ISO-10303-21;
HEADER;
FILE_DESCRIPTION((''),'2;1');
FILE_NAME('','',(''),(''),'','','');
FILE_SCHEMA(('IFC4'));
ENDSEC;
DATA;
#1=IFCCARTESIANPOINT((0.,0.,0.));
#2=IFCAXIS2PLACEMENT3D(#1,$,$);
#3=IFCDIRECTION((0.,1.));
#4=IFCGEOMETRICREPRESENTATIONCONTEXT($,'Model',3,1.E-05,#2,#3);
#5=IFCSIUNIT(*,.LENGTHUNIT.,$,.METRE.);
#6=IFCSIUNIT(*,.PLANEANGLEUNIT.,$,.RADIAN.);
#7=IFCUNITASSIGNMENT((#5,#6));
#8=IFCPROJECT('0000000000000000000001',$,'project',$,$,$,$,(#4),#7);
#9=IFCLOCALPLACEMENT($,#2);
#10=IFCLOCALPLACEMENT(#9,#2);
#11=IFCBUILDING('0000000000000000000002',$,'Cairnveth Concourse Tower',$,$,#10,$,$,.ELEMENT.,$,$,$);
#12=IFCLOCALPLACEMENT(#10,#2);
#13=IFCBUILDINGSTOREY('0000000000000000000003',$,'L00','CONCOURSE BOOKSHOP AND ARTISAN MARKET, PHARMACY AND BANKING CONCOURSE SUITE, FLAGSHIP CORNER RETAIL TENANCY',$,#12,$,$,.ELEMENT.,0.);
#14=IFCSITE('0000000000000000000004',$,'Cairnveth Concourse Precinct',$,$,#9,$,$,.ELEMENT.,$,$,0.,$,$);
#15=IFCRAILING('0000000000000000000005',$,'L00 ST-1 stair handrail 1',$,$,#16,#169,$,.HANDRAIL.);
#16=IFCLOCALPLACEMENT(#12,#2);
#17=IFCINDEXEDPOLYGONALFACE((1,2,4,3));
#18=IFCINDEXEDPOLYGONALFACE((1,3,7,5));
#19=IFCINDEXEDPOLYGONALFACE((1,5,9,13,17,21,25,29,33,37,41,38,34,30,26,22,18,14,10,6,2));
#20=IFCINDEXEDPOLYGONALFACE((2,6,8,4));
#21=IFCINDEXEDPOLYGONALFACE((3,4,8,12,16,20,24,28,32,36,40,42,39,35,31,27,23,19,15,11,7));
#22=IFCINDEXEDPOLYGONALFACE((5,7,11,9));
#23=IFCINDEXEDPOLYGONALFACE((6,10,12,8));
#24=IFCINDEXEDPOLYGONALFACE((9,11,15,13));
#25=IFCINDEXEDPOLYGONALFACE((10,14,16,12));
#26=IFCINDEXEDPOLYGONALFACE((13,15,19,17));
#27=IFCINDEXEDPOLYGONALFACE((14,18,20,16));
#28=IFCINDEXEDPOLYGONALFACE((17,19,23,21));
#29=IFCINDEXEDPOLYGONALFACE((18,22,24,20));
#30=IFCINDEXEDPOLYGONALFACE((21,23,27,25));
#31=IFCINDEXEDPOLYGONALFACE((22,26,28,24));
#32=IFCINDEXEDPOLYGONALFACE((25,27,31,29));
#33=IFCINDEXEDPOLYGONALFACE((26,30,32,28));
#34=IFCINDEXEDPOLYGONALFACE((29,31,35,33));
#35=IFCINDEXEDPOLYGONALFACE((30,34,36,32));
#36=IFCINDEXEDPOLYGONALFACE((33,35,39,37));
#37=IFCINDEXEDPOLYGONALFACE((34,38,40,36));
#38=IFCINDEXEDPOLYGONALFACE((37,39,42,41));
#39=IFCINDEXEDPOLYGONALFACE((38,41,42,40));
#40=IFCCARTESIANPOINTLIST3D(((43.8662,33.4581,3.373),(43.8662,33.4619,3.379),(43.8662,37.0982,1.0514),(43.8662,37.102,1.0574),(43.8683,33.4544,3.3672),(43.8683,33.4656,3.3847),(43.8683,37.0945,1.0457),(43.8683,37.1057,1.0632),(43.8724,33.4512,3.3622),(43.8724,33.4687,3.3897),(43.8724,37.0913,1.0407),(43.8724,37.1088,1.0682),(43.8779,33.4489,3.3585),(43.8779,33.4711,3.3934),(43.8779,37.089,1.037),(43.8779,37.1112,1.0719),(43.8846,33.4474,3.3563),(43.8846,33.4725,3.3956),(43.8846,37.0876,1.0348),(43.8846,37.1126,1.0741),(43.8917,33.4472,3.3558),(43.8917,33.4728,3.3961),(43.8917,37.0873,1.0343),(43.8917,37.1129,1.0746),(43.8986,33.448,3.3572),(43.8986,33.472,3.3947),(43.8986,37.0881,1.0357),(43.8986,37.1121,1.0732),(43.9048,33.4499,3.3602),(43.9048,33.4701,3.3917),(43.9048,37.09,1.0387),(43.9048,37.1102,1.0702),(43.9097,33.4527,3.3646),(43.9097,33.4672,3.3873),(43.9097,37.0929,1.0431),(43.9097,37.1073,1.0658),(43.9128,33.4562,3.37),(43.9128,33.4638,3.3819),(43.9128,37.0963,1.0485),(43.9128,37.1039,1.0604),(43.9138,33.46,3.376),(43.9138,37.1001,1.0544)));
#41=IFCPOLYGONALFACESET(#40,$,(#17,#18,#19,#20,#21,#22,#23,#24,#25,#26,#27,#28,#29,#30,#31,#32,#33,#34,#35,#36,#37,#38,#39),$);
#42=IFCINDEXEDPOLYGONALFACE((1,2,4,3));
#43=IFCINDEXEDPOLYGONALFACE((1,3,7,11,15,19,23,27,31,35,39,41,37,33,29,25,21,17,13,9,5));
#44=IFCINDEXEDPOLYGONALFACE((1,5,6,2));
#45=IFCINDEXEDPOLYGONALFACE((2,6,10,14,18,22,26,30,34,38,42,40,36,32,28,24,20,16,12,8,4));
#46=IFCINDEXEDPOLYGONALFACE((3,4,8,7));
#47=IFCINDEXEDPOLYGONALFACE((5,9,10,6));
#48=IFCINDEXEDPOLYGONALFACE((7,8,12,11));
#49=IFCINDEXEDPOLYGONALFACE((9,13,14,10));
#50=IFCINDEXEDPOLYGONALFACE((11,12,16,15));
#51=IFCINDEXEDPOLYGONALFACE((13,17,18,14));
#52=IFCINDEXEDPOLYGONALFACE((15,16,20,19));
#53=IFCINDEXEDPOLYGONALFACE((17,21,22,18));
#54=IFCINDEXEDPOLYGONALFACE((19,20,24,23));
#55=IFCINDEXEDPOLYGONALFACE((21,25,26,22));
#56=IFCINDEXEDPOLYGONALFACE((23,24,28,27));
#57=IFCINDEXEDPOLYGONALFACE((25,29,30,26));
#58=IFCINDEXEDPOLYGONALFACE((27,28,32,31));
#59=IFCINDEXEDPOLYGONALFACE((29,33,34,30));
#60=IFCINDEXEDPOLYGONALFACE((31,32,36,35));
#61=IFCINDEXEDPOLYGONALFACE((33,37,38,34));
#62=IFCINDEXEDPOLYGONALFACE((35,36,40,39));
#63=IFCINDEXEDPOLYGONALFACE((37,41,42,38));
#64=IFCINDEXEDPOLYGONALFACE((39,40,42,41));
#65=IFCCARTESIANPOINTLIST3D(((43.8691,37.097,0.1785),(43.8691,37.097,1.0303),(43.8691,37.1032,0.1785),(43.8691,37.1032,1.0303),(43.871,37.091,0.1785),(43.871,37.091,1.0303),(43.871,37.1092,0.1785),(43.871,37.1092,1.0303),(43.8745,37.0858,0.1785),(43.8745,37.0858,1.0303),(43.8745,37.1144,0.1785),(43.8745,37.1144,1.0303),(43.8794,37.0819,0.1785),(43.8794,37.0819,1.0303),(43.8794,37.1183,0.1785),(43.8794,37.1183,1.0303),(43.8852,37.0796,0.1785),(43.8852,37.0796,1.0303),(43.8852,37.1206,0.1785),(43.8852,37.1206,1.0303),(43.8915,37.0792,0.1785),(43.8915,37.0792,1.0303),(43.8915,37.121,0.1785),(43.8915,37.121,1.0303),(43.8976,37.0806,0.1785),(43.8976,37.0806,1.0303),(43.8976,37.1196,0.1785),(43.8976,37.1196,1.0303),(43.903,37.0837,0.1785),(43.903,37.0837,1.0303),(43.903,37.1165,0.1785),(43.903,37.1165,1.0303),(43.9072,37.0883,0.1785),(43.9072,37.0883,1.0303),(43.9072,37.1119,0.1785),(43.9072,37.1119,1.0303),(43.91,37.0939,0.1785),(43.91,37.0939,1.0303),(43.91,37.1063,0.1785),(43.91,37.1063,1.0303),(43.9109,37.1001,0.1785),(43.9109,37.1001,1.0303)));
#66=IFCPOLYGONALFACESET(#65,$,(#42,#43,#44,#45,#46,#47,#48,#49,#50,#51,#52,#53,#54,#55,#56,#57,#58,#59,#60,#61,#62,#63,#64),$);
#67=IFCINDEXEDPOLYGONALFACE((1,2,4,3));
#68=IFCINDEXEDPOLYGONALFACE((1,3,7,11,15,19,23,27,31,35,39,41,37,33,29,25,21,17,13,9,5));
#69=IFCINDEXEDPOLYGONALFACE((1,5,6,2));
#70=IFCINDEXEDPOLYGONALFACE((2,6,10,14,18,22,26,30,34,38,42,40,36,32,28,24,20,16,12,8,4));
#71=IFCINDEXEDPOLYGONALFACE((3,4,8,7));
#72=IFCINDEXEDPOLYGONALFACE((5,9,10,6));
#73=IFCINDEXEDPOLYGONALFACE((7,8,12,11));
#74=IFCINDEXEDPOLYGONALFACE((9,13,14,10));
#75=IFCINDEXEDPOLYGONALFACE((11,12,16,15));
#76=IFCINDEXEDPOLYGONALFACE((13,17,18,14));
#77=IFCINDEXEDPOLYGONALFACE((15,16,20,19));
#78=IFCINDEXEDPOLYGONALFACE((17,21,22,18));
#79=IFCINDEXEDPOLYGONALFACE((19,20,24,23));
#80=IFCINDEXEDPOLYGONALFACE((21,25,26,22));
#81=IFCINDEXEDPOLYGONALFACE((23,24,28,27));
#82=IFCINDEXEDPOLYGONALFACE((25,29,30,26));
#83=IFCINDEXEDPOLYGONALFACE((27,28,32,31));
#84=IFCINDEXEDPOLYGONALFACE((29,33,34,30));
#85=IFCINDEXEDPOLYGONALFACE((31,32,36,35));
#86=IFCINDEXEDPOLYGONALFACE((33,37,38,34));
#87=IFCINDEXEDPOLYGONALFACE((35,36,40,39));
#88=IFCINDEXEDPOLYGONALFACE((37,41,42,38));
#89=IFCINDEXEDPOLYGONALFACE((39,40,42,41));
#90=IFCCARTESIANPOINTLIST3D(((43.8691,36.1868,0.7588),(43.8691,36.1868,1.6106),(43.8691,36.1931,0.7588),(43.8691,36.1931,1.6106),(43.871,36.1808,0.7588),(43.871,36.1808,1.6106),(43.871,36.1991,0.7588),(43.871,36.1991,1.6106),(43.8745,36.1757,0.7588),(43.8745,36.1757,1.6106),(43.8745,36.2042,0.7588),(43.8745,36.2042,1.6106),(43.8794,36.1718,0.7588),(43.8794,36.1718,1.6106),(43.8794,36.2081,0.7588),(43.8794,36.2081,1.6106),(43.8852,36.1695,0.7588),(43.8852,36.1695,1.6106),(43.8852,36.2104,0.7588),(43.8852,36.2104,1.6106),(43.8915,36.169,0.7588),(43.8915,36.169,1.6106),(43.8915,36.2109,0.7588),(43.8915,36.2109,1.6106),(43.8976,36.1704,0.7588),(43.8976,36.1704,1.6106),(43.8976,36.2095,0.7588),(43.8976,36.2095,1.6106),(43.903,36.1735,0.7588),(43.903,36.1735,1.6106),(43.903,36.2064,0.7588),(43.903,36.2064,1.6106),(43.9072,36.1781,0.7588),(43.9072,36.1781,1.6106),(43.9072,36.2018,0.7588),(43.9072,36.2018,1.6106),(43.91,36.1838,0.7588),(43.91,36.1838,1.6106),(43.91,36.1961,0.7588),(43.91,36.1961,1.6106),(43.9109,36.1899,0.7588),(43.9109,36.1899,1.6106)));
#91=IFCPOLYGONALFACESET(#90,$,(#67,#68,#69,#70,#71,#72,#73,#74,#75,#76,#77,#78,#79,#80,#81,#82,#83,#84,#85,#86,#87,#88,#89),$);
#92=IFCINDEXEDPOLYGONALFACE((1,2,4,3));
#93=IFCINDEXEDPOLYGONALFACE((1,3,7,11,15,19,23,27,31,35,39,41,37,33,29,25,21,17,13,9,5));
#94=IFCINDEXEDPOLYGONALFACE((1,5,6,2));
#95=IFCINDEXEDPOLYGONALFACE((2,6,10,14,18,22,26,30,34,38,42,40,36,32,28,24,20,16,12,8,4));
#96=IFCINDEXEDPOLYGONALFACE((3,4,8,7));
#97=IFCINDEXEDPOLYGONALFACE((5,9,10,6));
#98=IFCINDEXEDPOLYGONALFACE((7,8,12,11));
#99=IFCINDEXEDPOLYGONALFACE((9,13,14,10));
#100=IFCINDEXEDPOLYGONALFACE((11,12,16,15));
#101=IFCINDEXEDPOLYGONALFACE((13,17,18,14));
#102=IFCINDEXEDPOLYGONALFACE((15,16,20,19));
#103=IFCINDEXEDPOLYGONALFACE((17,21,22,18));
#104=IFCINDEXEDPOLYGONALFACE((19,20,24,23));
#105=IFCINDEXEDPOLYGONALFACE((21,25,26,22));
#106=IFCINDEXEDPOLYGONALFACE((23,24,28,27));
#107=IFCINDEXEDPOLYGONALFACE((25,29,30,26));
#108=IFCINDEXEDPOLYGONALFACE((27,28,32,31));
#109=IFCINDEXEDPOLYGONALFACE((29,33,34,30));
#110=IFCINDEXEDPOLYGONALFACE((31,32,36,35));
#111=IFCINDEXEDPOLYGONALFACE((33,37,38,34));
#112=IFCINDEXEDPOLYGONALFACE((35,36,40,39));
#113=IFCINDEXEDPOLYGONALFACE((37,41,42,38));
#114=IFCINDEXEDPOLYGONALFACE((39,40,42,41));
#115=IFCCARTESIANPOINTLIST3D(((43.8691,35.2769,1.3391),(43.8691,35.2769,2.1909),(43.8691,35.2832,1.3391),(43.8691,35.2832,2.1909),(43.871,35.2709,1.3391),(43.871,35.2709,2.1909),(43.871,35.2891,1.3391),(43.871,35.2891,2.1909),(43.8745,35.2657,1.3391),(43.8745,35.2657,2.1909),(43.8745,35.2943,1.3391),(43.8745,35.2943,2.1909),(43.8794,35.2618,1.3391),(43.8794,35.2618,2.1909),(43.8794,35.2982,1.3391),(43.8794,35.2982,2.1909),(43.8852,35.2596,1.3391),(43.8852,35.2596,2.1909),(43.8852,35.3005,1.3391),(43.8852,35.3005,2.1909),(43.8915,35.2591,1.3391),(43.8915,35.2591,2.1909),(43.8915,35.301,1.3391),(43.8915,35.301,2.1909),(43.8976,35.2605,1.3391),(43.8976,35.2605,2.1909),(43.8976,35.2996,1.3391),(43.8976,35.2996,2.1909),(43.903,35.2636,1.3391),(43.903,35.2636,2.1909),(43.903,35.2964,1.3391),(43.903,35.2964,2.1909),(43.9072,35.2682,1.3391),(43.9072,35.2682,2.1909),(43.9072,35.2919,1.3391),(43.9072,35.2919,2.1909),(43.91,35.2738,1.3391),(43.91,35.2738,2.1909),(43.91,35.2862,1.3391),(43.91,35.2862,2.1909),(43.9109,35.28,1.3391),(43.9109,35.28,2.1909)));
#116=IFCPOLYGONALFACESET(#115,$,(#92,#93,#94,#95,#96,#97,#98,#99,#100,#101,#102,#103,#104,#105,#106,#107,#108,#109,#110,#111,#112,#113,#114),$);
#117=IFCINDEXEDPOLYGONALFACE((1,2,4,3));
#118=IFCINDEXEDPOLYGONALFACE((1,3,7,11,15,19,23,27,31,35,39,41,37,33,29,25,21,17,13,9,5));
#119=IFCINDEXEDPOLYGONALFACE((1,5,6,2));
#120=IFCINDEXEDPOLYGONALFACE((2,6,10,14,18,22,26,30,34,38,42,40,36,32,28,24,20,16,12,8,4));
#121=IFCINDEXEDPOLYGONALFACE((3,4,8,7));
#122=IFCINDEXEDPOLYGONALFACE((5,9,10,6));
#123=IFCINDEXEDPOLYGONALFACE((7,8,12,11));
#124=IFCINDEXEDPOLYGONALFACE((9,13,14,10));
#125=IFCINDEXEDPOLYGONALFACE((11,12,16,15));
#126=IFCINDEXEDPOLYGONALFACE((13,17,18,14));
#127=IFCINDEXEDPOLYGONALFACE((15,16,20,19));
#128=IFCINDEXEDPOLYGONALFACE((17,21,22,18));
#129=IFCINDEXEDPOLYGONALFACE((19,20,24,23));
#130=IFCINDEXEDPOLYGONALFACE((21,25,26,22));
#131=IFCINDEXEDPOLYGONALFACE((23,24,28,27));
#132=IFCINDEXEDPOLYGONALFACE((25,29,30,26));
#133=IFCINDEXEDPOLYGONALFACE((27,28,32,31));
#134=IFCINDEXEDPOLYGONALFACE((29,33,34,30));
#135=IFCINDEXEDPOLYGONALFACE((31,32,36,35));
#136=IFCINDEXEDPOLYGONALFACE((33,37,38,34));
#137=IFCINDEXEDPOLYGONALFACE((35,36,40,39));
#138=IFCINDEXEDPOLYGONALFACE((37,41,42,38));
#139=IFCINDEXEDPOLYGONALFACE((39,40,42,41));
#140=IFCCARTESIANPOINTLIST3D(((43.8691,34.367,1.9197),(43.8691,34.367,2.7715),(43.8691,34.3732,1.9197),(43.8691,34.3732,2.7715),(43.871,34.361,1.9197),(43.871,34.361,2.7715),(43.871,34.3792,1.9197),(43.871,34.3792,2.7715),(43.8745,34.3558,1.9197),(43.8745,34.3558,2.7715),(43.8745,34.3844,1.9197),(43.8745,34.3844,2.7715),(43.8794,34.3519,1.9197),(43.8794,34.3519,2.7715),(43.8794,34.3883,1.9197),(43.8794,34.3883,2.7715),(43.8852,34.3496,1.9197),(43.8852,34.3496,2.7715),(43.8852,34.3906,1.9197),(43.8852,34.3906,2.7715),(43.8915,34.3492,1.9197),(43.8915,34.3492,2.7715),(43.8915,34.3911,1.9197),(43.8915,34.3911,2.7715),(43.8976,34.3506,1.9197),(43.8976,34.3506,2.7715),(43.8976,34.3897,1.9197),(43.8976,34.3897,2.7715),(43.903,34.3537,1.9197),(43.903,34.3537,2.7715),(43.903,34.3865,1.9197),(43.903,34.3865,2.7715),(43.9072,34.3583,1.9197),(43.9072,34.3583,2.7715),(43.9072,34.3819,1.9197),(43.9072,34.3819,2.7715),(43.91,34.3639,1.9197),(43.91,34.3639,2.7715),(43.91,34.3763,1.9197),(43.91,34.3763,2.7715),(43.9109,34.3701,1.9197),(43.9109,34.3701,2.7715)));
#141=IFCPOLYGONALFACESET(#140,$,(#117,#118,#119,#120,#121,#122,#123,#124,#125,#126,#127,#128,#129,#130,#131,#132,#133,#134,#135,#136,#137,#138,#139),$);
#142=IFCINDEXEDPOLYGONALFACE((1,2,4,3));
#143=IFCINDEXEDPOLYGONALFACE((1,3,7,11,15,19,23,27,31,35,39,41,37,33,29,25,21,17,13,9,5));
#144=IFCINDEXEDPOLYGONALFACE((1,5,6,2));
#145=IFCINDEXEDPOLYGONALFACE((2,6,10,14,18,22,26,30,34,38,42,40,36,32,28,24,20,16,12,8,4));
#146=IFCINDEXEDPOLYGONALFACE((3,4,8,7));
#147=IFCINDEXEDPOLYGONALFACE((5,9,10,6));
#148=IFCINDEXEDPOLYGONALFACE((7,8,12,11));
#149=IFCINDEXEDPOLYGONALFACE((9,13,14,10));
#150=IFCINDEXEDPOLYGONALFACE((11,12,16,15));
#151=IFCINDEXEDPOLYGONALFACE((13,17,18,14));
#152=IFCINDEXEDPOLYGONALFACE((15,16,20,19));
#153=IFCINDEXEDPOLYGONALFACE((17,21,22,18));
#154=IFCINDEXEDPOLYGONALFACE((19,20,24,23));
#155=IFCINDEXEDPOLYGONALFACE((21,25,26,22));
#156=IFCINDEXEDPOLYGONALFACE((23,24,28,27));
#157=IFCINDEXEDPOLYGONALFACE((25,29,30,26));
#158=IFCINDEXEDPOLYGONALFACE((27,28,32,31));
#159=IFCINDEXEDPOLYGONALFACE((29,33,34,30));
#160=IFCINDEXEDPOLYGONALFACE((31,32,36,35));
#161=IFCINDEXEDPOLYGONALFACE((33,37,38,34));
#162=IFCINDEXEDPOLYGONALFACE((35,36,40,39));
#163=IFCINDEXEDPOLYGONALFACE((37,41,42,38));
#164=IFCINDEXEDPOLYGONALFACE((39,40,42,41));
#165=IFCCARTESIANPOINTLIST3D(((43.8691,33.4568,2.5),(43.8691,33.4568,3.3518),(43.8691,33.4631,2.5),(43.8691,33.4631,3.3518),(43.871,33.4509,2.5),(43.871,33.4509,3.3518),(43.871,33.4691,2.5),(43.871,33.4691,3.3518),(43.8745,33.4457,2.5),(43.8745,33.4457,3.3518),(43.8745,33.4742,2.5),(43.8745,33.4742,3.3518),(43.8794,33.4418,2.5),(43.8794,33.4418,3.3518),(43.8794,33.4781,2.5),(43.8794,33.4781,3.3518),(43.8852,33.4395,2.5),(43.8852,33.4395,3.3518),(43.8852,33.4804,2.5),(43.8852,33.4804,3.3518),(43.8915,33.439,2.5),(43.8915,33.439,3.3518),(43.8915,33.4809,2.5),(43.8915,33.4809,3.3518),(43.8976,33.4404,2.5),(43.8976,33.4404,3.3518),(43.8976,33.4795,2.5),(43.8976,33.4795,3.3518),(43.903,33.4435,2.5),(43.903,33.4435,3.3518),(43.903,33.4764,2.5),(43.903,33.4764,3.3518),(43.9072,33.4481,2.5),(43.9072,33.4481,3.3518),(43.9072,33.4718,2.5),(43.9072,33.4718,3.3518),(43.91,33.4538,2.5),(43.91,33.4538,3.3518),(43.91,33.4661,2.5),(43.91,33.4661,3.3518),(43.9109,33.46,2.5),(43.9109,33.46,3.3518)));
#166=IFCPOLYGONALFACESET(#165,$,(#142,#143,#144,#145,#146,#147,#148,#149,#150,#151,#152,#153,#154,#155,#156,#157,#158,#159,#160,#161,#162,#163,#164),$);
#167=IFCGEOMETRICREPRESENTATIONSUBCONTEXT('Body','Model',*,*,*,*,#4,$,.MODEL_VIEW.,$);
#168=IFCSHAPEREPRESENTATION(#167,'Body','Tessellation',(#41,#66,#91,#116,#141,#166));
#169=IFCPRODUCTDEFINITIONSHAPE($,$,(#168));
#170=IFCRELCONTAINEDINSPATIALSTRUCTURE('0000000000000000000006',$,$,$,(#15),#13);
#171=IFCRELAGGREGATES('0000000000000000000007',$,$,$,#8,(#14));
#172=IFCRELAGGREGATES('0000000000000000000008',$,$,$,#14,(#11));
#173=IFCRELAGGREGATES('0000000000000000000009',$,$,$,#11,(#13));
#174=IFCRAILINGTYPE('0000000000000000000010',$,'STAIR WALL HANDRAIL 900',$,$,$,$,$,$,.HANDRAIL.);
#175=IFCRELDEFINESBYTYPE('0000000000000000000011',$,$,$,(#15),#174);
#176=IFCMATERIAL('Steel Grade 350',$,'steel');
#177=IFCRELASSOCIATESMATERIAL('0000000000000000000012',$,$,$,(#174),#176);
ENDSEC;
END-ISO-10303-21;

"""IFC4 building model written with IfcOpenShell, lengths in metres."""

from ifc_helpers import new_model, si_unit, direction, frame, origin, origin_2d, place, context, subcontext, project, spatial, circle, extrude, material, type_object, element, save


model = new_model("IFC4")

# Units and contexts
model_context = context("Model", 3, precision=1e-05, world=origin(), true_north=direction((0.0, 1.0)))
body_context = subcontext(model_context, "Body", "Model", "MODEL_VIEW")
ifc_project = project(units=[si_unit("LENGTHUNIT", "METRE"), si_unit("PLANEANGLEUNIT", "RADIAN")], contexts=[model_context])

# Site, building, storey
site_placement = place(None, origin())
site = spatial("IfcSite", under=ifc_project, at=site_placement, Name="Cairnveth Concourse Precinct", CompositionType="ELEMENT", RefElevation=0.0)
building_placement = place(site_placement, origin())
building = spatial("IfcBuilding", under=site, at=building_placement, Name="Cairnveth Concourse Tower", CompositionType="ELEMENT")
storey_placement = place(building_placement, origin())
storey = spatial("IfcBuildingStorey", under=building, at=storey_placement, Name="L00", Description="CONCOURSE BOOKSHOP AND ARTISAN MARKET, PHARMACY AND BANKING CONCOURSE SUITE, FLAGSHIP CORNER RETAIL TENANCY", CompositionType="ELEMENT", Elevation=0.0)

# Shared definitions
ifc_material_1 = material(Name="Steel Grade 350", Category="steel")

# Railing
railing_type_1 = type_object("IfcRailingType", Name="STAIR WALL HANDRAIL 900", PredefinedType="HANDRAIL", material=ifc_material_1)
railing_1_placement = place(storey_placement, frame((43.8899, 37.1001, 0.1785)))
element("IfcRailing", 1, at=railing_1_placement, inside=storey, type_object=railing_type_1, Name="L00 ST-1 stair handrail 1", PredefinedType="HANDRAIL", context=body_context, shape_type="SweptSolid", body=[
    extrude(circle(Radius=0.0239, at=origin_2d()), frame((0.0, 0.0, 0.876), z_axis=(0.0, -0.843128, 0.537713), x_axis=(1.0, 0.0, 0.0)), (0.0, 0.0, 1.0), 4.3174),
    extrude(circle(Radius=0.021, at=origin_2d()), origin(), (0.0, 0.0, 1.0), 0.8518),
    extrude(circle(Radius=0.021, at=origin_2d()), frame((0.0, -0.9102, 0.5803)), (0.0, 0.0, 1.0), 0.8518),
    extrude(circle(Radius=0.021, at=origin_2d()), frame((0.0, -1.8201, 1.1606)), (0.0, 0.0, 1.0), 0.8518),
    extrude(circle(Radius=0.021, at=origin_2d()), frame((0.0, -2.73, 1.7412)), (0.0, 0.0, 1.0), 0.8518),
    extrude(circle(Radius=0.021, at=origin_2d()), frame((0.0, -3.6401, 2.3215)), (0.0, 0.0, 1.0), 0.8518),
])

save(model, "model.ifc")
